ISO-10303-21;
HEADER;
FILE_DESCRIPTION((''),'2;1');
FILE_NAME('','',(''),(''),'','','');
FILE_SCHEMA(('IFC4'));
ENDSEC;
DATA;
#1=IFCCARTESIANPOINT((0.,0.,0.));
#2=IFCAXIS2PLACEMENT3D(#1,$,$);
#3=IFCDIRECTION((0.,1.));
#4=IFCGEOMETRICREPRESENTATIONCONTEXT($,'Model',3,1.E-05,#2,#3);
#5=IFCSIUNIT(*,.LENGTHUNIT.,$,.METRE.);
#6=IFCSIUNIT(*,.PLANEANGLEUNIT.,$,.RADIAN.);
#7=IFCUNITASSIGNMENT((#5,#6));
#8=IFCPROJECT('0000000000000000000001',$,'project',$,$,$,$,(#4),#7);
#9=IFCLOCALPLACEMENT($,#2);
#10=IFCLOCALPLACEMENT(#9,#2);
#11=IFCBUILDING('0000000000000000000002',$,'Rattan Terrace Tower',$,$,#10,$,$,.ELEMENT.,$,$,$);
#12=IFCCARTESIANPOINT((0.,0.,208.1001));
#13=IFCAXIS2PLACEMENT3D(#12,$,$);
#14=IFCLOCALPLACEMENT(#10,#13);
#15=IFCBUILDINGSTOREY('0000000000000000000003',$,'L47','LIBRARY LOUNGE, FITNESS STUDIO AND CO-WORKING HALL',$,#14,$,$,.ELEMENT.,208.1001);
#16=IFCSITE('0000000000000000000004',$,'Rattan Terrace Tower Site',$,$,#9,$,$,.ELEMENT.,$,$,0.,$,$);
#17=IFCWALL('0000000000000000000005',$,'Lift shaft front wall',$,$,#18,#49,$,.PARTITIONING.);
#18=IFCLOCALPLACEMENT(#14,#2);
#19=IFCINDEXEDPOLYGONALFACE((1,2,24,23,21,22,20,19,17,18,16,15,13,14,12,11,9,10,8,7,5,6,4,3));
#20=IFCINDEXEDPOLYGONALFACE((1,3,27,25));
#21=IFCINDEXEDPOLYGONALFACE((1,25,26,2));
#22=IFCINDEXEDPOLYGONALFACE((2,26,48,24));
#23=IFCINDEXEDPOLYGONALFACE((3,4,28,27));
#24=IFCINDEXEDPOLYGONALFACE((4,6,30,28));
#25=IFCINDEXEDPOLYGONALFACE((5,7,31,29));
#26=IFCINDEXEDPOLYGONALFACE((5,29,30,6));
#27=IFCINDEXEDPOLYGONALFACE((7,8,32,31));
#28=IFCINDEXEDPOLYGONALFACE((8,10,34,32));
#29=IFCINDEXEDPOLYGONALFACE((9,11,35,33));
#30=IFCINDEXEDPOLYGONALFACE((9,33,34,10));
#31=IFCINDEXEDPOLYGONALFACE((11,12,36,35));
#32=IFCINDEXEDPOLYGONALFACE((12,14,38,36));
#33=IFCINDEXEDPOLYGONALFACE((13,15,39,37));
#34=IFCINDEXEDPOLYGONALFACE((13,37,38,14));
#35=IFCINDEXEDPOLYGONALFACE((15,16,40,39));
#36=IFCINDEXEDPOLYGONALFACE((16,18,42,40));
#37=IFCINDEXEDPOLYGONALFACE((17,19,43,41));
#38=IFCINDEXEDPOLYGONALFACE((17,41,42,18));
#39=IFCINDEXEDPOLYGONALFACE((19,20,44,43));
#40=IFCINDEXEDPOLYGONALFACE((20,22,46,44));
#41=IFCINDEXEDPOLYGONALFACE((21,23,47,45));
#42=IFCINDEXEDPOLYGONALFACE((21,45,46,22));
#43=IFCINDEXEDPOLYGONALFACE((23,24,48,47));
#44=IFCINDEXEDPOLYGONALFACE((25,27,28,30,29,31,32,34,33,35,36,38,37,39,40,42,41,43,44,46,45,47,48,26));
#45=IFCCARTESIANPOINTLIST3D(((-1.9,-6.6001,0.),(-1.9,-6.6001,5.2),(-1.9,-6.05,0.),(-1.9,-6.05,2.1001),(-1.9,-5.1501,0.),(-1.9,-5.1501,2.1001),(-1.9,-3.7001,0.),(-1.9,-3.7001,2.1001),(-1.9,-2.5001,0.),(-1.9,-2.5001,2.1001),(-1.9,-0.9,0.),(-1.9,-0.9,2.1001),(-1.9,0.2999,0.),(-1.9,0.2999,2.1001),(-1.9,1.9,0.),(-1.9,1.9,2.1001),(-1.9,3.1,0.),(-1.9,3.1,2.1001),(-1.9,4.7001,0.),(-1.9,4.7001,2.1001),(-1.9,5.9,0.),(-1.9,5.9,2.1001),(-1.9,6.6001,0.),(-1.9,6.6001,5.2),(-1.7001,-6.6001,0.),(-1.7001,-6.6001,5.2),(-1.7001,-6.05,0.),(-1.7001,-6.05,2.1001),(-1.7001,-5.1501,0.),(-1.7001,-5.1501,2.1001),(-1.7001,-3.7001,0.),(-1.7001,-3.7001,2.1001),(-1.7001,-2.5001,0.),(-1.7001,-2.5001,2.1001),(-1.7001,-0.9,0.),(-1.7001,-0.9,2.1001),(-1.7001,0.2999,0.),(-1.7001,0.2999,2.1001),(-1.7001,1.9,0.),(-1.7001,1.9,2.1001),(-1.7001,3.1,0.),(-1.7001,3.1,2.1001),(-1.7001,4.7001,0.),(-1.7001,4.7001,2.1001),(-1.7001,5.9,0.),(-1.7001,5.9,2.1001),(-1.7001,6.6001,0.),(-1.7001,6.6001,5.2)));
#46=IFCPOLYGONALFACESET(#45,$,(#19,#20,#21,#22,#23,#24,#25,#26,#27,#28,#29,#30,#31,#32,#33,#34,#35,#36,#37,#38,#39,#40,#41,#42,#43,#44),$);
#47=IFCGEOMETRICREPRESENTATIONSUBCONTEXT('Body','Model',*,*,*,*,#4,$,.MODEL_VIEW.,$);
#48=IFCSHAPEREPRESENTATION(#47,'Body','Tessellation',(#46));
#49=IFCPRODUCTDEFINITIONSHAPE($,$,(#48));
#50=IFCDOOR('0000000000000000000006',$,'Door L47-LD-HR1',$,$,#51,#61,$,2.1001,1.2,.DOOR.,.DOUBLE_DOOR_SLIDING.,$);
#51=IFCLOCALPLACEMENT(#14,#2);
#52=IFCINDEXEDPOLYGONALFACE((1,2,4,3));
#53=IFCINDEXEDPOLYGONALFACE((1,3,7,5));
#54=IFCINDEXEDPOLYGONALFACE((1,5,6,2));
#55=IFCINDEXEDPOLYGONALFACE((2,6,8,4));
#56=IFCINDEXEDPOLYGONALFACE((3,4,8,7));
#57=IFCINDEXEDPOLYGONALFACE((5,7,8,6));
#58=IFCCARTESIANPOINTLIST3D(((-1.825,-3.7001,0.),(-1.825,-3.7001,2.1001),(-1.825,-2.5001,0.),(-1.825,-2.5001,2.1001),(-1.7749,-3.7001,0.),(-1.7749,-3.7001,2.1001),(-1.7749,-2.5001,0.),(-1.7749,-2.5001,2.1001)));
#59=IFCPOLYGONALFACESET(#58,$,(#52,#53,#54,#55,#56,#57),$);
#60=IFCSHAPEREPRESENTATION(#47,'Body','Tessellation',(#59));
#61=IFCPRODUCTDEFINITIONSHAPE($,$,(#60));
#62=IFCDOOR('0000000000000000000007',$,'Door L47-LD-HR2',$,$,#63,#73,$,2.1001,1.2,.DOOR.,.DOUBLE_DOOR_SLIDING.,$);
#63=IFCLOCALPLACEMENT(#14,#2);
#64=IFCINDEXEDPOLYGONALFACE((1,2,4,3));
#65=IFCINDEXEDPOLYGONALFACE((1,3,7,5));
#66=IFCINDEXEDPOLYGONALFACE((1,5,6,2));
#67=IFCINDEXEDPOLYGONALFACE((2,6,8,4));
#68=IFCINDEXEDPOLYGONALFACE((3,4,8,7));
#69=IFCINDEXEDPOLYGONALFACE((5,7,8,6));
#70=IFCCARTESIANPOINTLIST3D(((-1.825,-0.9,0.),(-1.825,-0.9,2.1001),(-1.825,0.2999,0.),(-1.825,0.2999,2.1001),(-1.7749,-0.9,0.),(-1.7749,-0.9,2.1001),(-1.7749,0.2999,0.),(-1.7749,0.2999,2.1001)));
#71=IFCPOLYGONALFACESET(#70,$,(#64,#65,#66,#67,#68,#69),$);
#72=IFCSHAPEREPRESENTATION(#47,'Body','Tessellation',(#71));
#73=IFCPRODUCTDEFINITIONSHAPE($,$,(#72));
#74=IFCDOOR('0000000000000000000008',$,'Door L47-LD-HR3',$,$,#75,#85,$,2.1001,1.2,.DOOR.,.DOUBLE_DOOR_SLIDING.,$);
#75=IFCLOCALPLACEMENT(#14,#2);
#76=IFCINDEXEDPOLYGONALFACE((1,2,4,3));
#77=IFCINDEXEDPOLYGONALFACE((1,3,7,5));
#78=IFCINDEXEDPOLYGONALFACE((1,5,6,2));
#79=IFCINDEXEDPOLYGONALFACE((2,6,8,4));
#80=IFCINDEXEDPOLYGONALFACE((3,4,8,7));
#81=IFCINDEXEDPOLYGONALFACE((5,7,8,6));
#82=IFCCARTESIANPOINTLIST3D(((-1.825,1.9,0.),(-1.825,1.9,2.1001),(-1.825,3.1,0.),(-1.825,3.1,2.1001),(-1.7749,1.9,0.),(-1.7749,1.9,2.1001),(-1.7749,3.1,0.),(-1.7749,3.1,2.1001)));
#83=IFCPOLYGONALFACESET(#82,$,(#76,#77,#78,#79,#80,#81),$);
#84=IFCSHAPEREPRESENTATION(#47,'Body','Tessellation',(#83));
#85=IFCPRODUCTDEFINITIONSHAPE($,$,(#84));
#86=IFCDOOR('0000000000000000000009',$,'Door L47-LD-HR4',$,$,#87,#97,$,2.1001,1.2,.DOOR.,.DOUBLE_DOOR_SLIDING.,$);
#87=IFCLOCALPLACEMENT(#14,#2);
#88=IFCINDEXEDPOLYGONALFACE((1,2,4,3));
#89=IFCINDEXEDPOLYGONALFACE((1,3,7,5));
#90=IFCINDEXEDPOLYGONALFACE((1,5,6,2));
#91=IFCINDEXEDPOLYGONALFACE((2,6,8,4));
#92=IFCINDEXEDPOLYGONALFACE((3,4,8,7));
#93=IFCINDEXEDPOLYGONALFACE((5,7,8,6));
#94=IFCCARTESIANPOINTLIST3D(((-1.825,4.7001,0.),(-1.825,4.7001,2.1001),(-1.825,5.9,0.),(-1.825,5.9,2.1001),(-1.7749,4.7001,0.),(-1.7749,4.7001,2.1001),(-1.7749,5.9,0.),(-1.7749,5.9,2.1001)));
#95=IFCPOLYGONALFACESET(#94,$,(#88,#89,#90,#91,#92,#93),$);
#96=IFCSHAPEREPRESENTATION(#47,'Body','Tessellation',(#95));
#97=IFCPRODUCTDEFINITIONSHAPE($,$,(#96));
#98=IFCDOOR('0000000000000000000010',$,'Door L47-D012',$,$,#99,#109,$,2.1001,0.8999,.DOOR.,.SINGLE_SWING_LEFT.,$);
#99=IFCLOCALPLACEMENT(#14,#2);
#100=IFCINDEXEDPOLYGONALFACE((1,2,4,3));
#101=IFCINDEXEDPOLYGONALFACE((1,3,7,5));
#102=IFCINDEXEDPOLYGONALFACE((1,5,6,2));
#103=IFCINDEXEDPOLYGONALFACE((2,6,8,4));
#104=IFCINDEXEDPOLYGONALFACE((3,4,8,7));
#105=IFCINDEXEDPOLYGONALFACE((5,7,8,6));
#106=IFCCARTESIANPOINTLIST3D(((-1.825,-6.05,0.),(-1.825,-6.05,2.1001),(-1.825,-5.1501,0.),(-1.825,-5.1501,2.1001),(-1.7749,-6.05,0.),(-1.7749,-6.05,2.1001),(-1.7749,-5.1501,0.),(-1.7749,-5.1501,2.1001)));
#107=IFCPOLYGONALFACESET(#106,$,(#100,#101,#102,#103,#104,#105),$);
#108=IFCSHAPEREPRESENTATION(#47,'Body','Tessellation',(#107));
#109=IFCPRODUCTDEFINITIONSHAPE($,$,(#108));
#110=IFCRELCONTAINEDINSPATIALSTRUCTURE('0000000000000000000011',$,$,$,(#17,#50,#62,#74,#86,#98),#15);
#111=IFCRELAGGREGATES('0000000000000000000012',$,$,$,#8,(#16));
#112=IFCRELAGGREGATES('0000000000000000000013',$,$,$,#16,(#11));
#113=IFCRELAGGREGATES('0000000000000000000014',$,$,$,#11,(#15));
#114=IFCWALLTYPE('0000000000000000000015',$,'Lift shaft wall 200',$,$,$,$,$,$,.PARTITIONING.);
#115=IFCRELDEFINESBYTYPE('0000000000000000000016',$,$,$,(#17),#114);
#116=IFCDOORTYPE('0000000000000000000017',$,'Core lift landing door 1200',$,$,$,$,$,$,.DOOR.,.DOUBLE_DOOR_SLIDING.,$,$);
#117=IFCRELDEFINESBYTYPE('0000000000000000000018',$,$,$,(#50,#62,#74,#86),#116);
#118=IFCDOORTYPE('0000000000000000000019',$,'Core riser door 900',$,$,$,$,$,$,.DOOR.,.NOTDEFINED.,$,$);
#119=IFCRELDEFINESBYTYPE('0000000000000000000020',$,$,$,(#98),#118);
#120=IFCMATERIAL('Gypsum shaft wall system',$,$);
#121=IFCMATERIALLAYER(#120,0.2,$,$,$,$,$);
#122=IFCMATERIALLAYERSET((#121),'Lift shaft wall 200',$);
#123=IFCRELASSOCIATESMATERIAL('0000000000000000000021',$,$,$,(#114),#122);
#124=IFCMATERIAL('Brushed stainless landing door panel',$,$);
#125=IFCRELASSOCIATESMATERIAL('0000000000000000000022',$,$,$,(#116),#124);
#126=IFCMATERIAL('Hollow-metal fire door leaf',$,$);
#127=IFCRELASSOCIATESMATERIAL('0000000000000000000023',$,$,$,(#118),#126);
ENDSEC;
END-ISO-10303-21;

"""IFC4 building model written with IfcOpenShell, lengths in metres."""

from ifc_helpers import new_model, si_unit, direction, frame, frame_2d, origin, place, context, subcontext, project, spatial, rectangle, extrude, material, layer, layer_set, type_object, element, fill, save


model = new_model("IFC4")

# Units and contexts
model_context = context("Model", 3, precision=1e-05, world=origin(), true_north=direction((0.0, 1.0)))
body_context = subcontext(model_context, "Body", "Model", "MODEL_VIEW")
ifc_project = project(units=[si_unit("LENGTHUNIT", "METRE"), si_unit("PLANEANGLEUNIT", "RADIAN")], contexts=[model_context])

# Site, building, storey
site_placement = place(None, origin())
site = spatial("IfcSite", under=ifc_project, at=site_placement, Name="Rattan Terrace Tower Site", CompositionType="ELEMENT", RefElevation=0.0)
building_placement = place(site_placement, origin())
building = spatial("IfcBuilding", under=site, at=building_placement, Name="Rattan Terrace Tower", CompositionType="ELEMENT")
storey_placement = place(building_placement, frame((0.0, 0.0, 208.1001)))
storey = spatial("IfcBuildingStorey", under=building, at=storey_placement, Name="L47", Description="LIBRARY LOUNGE, FITNESS STUDIO AND CO-WORKING HALL", CompositionType="ELEMENT", Elevation=208.1001)

# Wall, openings, doors
ifc_material_1 = material(Name="Gypsum shaft wall system")
ifc_layer_1 = layer(ifc_material_1, 0.2)
ifc_layer_set_1 = layer_set([ifc_layer_1], Name="Lift shaft wall 200")
wall_type_1 = type_object("IfcWallType", Name="Lift shaft wall 200", PredefinedType="PARTITIONING", material=ifc_layer_set_1)
wall_1_placement = place(storey_placement, frame((-1.8, -6.6001, 0.0), z_axis=(0.0, 0.0, 1.0), x_axis=(0.0, 1.0, 0.0)))
wall_1 = element("IfcWall", 1, at=wall_1_placement, inside=storey, type_object=wall_type_1, Name="Lift shaft front wall", PredefinedType="PARTITIONING", context=body_context, shape_type="SweptSolid", body=[
    extrude(rectangle(XDim=13.2002, YDim=0.2, at=frame_2d((6.6001, 0.0))), origin(), (0.0, 0.0, 1.0), 5.2),
])
opening_1_placement = place(wall_1_placement, frame((0.55, 0.0, 0.0)))
opening_1 = element("IfcOpeningElement", 2, at=opening_1_placement, cuts=wall_1, PredefinedType="OPENING", context=body_context, shape_type="SweptSolid", body=[
    extrude(rectangle(XDim=0.8999, YDim=2.1001, at=frame_2d((0.45, 1.05))), frame((0.0, 0.1106, 0.0), z_axis=(0.0, -1.0, 0.0), x_axis=(1.0, 0.0, 0.0)), (0.0, 0.0, 1.0), 0.2209),
])
opening_2_placement = place(wall_1_placement, frame((2.8999, 0.0, 0.0)))
opening_2 = element("IfcOpeningElement", 3, at=opening_2_placement, cuts=wall_1, PredefinedType="OPENING", context=body_context, shape_type="SweptSolid", body=[
    extrude(rectangle(XDim=1.2, YDim=2.1001, at=frame_2d((0.6001, 1.05))), frame((0.0, 0.1106, 0.0), z_axis=(0.0, -1.0, 0.0), x_axis=(1.0, 0.0, 0.0)), (0.0, 0.0, 1.0), 0.2209),
])
opening_3_placement = place(wall_1_placement, frame((5.7, 0.0, 0.0)))
opening_3 = element("IfcOpeningElement", 4, at=opening_3_placement, cuts=wall_1, PredefinedType="OPENING", context=body_context, shape_type="SweptSolid", body=[
    extrude(rectangle(XDim=1.2, YDim=2.1001, at=frame_2d((0.6001, 1.05))), frame((0.0, 0.1106, 0.0), z_axis=(0.0, -1.0, 0.0), x_axis=(1.0, 0.0, 0.0)), (0.0, 0.0, 1.0), 0.2209),
])
opening_4_placement = place(wall_1_placement, frame((8.5, 0.0, 0.0)))
opening_4 = element("IfcOpeningElement", 5, at=opening_4_placement, cuts=wall_1, PredefinedType="OPENING", context=body_context, shape_type="SweptSolid", body=[
    extrude(rectangle(XDim=1.2, YDim=2.1001, at=frame_2d((0.6001, 1.05))), frame((0.0, 0.1106, 0.0), z_axis=(0.0, -1.0, 0.0), x_axis=(1.0, 0.0, 0.0)), (0.0, 0.0, 1.0), 0.2209),
])
opening_5_placement = place(wall_1_placement, frame((11.3, 0.0, 0.0)))
opening_5 = element("IfcOpeningElement", 6, at=opening_5_placement, cuts=wall_1, PredefinedType="OPENING", context=body_context, shape_type="SweptSolid", body=[
    extrude(rectangle(XDim=1.2, YDim=2.1001, at=frame_2d((0.6001, 1.05))), frame((0.0, 0.1106, 0.0), z_axis=(0.0, -1.0, 0.0), x_axis=(1.0, 0.0, 0.0)), (0.0, 0.0, 1.0), 0.2209),
])
ifc_material_2 = material(Name="Brushed stainless landing door panel")
door_type_1 = type_object("IfcDoorType", Name="Core lift landing door 1200", OperationType="DOUBLE_DOOR_SLIDING", PredefinedType="DOOR", material=ifc_material_2)
door_1_placement = place(opening_2_placement, origin())
door_1 = element("IfcDoor", 7, at=door_1_placement, inside=storey, type_object=door_type_1, Name="Door L47-LD-HR1", OperationType="DOUBLE_DOOR_SLIDING", OverallHeight=2.1001, OverallWidth=1.2, PredefinedType="DOOR", context=body_context, shape_type="SweptSolid", body=[
    extrude(rectangle(XDim=1.2, YDim=2.1001, at=frame_2d((0.6001, 1.05))), frame((0.0, 0.0249, 0.0), z_axis=(0.0, -1.0, 0.0), x_axis=(1.0, 0.0, 0.0)), (0.0, 0.0, 1.0), 0.05),
])
fill(opening_2, door_1)
door_2_placement = place(opening_3_placement, origin())
door_2 = element("IfcDoor", 8, at=door_2_placement, inside=storey, type_object=door_type_1, Name="Door L47-LD-HR2", OperationType="DOUBLE_DOOR_SLIDING", OverallHeight=2.1001, OverallWidth=1.2, PredefinedType="DOOR", context=body_context, shape_type="SweptSolid", body=[
    extrude(rectangle(XDim=1.2, YDim=2.1001, at=frame_2d((0.6001, 1.05))), frame((0.0, 0.0249, 0.0), z_axis=(0.0, -1.0, 0.0), x_axis=(1.0, 0.0, 0.0)), (0.0, 0.0, 1.0), 0.05),
])
fill(opening_3, door_2)
door_3_placement = place(opening_4_placement, origin())
door_3 = element("IfcDoor", 9, at=door_3_placement, inside=storey, type_object=door_type_1, Name="Door L47-LD-HR3", OperationType="DOUBLE_DOOR_SLIDING", OverallHeight=2.1001, OverallWidth=1.2, PredefinedType="DOOR", context=body_context, shape_type="SweptSolid", body=[
    extrude(rectangle(XDim=1.2, YDim=2.1001, at=frame_2d((0.6001, 1.05))), frame((0.0, 0.0249, 0.0), z_axis=(0.0, -1.0, 0.0), x_axis=(1.0, 0.0, 0.0)), (0.0, 0.0, 1.0), 0.05),
])
fill(opening_4, door_3)
door_4_placement = place(opening_5_placement, origin())
door_4 = element("IfcDoor", 10, at=door_4_placement, inside=storey, type_object=door_type_1, Name="Door L47-LD-HR4", OperationType="DOUBLE_DOOR_SLIDING", OverallHeight=2.1001, OverallWidth=1.2, PredefinedType="DOOR", context=body_context, shape_type="SweptSolid", body=[
    extrude(rectangle(XDim=1.2, YDim=2.1001, at=frame_2d((0.6001, 1.05))), frame((0.0, 0.0249, 0.0), z_axis=(0.0, -1.0, 0.0), x_axis=(1.0, 0.0, 0.0)), (0.0, 0.0, 1.0), 0.05),
])
fill(opening_5, door_4)
ifc_material_3 = material(Name="Hollow-metal fire door leaf")
door_type_2 = type_object("IfcDoorType", Name="Core riser door 900", OperationType="NOTDEFINED", PredefinedType="DOOR", material=ifc_material_3)
door_5_placement = place(opening_1_placement, origin())
door_5 = element("IfcDoor", 11, at=door_5_placement, inside=storey, type_object=door_type_2, Name="Door L47-D012", OperationType="SINGLE_SWING_LEFT", OverallHeight=2.1001, OverallWidth=0.8999, PredefinedType="DOOR", context=body_context, shape_type="SweptSolid", body=[
    extrude(rectangle(XDim=0.8999, YDim=2.1001, at=frame_2d((0.45, 1.05))), frame((0.0, 0.0249, 0.0), z_axis=(0.0, -1.0, 0.0), x_axis=(1.0, 0.0, 0.0)), (0.0, 0.0, 1.0), 0.05),
])
fill(opening_1, door_5)

save(model, "model.ifc")
